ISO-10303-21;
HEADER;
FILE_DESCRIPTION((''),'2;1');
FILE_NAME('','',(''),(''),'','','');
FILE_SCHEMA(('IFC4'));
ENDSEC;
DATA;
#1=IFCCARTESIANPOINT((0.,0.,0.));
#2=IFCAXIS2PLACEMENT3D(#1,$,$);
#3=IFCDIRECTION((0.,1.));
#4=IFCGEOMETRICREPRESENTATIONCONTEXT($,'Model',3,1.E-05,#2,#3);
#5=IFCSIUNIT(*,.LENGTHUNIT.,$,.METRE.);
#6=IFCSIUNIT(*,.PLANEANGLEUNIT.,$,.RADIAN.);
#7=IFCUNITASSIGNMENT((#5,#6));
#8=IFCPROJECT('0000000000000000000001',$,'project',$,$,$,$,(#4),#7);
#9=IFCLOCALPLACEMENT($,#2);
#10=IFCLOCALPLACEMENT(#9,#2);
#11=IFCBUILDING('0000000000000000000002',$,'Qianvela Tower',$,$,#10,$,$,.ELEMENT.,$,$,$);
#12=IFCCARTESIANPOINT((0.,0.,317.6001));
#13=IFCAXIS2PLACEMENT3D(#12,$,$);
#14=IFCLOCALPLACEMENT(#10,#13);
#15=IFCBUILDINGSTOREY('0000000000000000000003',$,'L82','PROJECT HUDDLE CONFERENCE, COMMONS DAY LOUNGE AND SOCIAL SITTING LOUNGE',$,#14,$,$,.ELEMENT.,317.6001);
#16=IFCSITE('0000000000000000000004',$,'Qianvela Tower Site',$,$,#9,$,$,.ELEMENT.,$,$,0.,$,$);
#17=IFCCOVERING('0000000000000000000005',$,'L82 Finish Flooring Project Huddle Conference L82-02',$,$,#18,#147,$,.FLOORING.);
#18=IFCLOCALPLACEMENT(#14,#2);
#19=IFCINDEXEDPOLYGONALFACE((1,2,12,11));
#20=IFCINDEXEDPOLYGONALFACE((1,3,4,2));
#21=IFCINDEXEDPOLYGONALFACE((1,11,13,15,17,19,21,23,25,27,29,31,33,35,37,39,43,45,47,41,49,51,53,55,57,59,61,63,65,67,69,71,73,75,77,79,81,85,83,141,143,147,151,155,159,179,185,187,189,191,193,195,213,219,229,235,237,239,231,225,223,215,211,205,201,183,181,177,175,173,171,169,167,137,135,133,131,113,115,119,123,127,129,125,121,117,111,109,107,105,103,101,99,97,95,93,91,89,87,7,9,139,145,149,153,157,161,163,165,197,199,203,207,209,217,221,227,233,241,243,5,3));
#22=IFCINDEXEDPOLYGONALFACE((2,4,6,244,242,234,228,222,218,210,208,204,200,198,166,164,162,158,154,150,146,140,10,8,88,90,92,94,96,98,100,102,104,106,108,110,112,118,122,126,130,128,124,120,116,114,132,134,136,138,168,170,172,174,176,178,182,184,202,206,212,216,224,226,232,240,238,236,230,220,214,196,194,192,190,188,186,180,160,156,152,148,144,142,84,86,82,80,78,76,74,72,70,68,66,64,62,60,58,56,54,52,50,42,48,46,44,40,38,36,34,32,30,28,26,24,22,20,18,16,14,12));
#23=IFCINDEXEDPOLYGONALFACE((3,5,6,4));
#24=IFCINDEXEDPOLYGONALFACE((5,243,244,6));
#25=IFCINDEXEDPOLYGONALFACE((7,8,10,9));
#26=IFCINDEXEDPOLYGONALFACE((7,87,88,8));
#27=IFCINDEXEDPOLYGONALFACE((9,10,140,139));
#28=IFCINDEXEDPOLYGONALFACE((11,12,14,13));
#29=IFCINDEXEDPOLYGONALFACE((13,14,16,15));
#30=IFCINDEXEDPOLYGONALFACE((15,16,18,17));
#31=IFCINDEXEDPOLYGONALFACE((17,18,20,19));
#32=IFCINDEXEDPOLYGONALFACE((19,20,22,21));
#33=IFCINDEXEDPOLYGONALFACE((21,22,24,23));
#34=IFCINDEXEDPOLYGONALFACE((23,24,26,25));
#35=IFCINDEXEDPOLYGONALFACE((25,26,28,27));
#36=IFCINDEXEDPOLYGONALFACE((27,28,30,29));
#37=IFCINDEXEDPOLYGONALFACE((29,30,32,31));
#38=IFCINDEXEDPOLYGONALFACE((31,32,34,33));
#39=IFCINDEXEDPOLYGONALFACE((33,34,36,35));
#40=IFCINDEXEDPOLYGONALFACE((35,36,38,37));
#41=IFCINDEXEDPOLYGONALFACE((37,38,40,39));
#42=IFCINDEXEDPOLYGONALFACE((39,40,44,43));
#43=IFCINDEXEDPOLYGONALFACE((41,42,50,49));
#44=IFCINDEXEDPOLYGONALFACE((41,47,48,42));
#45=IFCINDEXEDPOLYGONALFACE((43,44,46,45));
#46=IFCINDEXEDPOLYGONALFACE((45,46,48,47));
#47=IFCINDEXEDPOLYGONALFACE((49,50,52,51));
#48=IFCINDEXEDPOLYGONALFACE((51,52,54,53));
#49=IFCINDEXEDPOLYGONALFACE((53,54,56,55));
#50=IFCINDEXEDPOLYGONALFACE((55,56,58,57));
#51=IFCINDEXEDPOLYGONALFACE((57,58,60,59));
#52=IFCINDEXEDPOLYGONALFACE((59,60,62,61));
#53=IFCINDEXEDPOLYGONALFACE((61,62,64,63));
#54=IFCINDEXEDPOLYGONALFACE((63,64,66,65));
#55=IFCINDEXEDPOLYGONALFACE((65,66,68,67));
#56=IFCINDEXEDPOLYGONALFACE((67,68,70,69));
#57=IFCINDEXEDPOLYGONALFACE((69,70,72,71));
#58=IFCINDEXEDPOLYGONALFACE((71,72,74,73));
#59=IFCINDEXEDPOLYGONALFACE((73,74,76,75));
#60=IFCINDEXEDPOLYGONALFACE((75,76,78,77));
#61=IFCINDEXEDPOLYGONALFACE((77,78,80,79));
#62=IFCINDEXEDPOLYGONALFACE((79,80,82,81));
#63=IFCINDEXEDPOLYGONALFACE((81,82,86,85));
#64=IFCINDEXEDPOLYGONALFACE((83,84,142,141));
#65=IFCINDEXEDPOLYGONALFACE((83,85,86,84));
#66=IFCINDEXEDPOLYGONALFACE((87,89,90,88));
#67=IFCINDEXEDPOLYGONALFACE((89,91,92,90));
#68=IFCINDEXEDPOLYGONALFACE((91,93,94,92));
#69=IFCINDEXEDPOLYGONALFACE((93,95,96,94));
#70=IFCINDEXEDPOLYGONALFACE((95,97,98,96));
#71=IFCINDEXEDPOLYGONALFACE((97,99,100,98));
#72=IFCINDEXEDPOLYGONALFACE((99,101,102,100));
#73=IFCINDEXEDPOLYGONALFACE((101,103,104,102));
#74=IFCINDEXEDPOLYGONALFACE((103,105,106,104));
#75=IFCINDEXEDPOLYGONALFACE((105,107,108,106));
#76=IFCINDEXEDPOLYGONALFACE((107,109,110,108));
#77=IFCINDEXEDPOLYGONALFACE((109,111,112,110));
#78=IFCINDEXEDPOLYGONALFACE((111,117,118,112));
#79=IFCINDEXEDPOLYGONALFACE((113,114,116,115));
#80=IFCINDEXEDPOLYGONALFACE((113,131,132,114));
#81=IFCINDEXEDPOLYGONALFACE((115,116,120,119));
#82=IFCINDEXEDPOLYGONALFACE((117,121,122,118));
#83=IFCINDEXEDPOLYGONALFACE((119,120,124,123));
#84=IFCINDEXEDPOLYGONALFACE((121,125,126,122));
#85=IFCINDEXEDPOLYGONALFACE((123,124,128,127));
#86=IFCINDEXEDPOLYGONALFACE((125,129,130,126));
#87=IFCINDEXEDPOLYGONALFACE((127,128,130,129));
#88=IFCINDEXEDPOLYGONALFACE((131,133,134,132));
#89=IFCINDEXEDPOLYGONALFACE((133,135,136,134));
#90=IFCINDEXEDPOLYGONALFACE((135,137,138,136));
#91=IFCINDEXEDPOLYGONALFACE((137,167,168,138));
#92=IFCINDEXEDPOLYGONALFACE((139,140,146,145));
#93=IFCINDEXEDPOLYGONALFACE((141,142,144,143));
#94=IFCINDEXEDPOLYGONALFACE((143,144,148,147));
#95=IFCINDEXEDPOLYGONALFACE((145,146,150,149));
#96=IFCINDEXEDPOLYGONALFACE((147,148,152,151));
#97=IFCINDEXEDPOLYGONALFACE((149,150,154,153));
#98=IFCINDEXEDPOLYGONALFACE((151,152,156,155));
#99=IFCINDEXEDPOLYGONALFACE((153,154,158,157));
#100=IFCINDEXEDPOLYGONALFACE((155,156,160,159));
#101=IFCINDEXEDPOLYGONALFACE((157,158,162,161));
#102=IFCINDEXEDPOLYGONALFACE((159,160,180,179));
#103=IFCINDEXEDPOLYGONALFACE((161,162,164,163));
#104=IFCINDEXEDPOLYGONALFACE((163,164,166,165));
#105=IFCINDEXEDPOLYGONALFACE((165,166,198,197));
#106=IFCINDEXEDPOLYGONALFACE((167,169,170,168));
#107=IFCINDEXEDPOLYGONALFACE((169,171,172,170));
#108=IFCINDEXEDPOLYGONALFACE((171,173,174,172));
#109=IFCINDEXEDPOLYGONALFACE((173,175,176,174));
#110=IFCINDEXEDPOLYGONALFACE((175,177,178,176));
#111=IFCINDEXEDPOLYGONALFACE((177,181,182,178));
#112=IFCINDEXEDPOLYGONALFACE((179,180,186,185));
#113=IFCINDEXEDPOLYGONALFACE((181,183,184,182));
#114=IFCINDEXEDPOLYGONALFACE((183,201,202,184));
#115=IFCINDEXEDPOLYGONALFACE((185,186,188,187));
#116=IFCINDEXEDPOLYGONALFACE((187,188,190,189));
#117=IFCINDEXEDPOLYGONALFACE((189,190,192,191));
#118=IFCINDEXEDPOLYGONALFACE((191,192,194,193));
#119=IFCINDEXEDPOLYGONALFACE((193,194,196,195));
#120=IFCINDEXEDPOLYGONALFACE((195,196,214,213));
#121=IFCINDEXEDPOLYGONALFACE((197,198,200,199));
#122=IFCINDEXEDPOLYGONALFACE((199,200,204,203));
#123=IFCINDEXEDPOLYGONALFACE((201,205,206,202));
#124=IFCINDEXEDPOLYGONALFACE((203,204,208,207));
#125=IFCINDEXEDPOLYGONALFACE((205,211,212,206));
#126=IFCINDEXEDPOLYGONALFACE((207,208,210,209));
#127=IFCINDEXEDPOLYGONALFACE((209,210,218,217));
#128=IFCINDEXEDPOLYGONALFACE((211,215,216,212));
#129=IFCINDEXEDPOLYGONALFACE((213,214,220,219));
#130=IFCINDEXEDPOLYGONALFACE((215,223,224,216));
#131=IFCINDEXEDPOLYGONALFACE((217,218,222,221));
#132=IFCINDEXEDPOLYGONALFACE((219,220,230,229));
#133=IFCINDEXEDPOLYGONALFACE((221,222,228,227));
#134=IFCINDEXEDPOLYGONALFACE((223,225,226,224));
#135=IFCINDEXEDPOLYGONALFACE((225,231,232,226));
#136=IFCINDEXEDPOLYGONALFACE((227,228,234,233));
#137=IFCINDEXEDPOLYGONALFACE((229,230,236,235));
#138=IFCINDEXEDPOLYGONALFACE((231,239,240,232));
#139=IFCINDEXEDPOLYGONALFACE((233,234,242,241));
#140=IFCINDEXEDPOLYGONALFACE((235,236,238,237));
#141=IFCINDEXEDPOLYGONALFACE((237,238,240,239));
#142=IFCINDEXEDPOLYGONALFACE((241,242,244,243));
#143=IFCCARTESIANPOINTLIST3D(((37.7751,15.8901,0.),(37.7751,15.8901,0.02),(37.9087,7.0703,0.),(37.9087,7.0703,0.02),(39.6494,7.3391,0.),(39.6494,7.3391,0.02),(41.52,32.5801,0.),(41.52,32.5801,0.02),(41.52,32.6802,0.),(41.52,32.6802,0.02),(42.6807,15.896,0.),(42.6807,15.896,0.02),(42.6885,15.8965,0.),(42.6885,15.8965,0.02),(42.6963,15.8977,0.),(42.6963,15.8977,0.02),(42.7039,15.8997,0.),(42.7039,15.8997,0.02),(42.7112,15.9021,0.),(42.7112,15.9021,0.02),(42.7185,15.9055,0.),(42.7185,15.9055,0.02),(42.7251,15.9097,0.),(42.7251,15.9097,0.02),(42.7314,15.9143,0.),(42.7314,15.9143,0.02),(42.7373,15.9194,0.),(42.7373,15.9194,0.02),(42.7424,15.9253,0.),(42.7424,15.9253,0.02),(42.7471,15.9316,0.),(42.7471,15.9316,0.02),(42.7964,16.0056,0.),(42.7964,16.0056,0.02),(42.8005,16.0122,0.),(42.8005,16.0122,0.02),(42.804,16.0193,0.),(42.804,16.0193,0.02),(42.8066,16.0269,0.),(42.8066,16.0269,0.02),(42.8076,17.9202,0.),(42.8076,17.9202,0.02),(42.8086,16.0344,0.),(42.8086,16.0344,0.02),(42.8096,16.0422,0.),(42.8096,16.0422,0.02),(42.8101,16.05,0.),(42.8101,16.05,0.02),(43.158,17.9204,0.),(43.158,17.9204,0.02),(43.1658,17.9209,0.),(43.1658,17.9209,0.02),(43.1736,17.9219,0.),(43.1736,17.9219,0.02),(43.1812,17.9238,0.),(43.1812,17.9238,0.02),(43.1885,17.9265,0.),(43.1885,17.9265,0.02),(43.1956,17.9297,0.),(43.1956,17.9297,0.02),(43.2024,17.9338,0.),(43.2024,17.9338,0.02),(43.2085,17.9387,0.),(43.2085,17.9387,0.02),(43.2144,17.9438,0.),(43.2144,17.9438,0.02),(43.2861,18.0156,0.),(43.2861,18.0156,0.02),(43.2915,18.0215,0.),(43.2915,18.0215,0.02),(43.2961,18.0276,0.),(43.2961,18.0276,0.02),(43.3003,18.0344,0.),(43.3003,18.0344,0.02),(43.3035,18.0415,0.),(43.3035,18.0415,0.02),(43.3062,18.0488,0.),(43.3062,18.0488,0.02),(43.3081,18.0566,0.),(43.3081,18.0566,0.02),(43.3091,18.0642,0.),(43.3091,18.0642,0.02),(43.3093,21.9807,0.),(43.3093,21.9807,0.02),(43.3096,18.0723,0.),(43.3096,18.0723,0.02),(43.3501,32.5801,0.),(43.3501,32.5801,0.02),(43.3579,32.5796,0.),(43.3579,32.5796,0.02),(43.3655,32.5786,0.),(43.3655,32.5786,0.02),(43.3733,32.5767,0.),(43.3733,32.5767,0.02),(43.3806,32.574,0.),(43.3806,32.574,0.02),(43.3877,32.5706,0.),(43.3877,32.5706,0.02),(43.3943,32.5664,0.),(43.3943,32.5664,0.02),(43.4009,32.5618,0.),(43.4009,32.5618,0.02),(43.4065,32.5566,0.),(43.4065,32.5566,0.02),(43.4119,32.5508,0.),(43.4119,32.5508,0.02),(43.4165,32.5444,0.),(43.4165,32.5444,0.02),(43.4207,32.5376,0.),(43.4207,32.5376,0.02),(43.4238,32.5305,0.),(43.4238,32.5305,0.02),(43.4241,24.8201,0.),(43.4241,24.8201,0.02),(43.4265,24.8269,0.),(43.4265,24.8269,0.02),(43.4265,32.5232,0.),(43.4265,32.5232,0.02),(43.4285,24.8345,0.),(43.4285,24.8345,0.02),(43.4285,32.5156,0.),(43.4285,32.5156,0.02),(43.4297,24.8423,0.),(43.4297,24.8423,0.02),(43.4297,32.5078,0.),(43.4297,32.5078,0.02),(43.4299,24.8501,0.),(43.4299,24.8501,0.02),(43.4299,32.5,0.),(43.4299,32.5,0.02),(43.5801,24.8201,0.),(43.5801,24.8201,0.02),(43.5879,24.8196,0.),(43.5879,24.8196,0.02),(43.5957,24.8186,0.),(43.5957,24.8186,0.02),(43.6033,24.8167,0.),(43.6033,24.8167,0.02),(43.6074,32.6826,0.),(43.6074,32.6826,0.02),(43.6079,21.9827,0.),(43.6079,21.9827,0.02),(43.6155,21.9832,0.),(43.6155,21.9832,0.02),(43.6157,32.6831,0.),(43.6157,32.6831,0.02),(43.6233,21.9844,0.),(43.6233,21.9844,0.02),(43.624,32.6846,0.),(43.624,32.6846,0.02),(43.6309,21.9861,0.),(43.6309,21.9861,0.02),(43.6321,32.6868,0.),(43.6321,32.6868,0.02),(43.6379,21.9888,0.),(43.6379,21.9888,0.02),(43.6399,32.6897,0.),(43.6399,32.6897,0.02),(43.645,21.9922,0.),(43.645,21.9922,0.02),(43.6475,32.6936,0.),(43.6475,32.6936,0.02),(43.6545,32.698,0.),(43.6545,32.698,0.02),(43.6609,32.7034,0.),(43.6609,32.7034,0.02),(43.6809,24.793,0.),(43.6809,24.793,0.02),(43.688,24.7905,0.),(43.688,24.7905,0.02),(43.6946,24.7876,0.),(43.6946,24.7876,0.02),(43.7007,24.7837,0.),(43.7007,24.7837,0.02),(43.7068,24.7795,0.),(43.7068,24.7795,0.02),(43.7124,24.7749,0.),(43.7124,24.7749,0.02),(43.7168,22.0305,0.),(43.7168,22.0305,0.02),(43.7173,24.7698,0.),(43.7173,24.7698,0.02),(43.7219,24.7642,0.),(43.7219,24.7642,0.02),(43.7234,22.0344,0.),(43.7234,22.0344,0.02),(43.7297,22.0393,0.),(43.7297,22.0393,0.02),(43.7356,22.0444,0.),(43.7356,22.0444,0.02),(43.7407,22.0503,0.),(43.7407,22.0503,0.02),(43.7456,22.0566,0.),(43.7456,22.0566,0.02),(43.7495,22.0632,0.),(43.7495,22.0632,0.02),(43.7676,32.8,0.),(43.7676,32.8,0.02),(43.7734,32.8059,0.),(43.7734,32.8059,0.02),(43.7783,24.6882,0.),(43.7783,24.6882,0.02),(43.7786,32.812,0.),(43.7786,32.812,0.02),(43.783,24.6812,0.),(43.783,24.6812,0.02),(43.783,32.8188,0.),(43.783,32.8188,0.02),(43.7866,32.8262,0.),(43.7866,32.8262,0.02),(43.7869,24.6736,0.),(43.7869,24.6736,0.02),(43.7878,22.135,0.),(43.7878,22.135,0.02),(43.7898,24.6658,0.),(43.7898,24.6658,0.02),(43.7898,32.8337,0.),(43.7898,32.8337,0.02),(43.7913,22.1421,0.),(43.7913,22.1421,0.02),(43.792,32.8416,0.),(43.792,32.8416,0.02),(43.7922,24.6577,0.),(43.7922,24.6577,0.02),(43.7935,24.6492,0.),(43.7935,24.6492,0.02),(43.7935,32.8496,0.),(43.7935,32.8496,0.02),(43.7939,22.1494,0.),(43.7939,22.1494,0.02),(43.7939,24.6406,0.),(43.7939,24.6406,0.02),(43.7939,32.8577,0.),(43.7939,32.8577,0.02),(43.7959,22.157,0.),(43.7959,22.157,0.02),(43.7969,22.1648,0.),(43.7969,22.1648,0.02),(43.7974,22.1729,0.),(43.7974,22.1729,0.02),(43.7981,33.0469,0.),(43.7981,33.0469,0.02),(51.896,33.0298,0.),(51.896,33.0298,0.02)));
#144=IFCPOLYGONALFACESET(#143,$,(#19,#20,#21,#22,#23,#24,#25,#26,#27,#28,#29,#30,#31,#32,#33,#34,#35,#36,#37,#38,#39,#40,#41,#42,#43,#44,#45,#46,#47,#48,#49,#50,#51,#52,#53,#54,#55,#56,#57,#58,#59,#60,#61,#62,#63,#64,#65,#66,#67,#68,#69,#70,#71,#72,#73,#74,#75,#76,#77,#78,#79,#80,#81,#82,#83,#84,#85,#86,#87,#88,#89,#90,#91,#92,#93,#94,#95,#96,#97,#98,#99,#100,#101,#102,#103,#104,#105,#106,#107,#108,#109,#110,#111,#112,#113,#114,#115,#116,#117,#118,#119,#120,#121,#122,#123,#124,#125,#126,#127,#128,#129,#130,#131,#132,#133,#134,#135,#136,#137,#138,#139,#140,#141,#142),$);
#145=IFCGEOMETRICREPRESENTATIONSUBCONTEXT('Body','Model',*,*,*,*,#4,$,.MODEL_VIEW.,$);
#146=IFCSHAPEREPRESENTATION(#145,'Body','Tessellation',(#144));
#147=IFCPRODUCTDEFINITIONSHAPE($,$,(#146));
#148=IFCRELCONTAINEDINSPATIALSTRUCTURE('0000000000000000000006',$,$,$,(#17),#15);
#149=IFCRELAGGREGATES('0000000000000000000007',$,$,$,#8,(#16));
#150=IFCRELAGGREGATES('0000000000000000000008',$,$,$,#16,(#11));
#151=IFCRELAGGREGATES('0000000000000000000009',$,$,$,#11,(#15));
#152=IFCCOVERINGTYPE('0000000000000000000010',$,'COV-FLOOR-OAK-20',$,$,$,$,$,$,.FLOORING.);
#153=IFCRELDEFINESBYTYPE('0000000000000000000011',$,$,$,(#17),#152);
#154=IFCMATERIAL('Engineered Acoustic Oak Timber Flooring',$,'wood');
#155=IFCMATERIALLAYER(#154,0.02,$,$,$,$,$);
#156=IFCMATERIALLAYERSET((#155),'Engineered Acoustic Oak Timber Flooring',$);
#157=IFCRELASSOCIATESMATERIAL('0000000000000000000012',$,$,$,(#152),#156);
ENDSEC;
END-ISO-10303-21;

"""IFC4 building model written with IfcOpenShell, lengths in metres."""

from ifc_helpers import new_model, si_unit, direction, frame, origin, place, context, subcontext, project, spatial, polyline, outline, extrude, material, layer, layer_set, type_object, element, save


model = new_model("IFC4")

# Units and contexts
model_context = context("Model", 3, precision=1e-05, world=origin(), true_north=direction((0.0, 1.0)))
body_context = subcontext(model_context, "Body", "Model", "MODEL_VIEW")
ifc_project = project(units=[si_unit("LENGTHUNIT", "METRE"), si_unit("PLANEANGLEUNIT", "RADIAN")], contexts=[model_context])

# Site, building, storey
site_placement = place(None, origin())
site = spatial("IfcSite", under=ifc_project, at=site_placement, Name="Qianvela Tower Site", CompositionType="ELEMENT", RefElevation=0.0)
building_placement = place(site_placement, origin())
building = spatial("IfcBuilding", under=site, at=building_placement, Name="Qianvela Tower", CompositionType="ELEMENT")
storey_placement = place(building_placement, frame((0.0, 0.0, 317.6001)))
storey = spatial("IfcBuildingStorey", under=building, at=storey_placement, Name="L82", Description="PROJECT HUDDLE CONFERENCE, COMMONS DAY LOUNGE AND SOCIAL SITTING LOUNGE", CompositionType="ELEMENT", Elevation=317.6001)

# Covering
ifc_material_1 = material(Name="Engineered Acoustic Oak Timber Flooring", Category="wood")
ifc_layer_1 = layer(ifc_material_1, 0.02)
ifc_layer_set_1 = layer_set([ifc_layer_1], Name="Engineered Acoustic Oak Timber Flooring")
covering_type_1 = type_object("IfcCoveringType", Name="COV-FLOOR-OAK-20", PredefinedType="FLOORING", material=ifc_layer_set_1)
covering_1_placement = place(storey_placement, origin())
element("IfcCovering", 1, at=covering_1_placement, inside=storey, type_object=covering_type_1, Name="L82 Finish Flooring Project Huddle Conference L82-02", PredefinedType="FLOORING", context=body_context, shape_type="SweptSolid", body=[
    extrude(outline(polyline([(37.7751, 15.8901), (42.6807, 15.896), (42.6885, 15.8965), (42.6963, 15.8977), (42.7039, 15.8997), (42.7112, 15.9021), (42.7185, 15.9055), (42.7251, 15.9097), (42.7314, 15.9143), (42.7373, 15.9194), (42.7424, 15.9253), (42.7471, 15.9316), (42.7964, 16.0056), (42.8005, 16.0122), (42.804, 16.0193), (42.8066, 16.0269), (42.8086, 16.0344), (42.8096, 16.0422), (42.8101, 16.05), (42.8076, 17.9202), (43.158, 17.9204), (43.1658, 17.9209), (43.1736, 17.9219), (43.1812, 17.9238), (43.1885, 17.9265), (43.1956, 17.9297), (43.2024, 17.9338), (43.2085, 17.9387), (43.2144, 17.9438), (43.2861, 18.0156), (43.2915, 18.0215), (43.2961, 18.0276), (43.3003, 18.0344), (43.3035, 18.0415), (43.3062, 18.0488), (43.3081, 18.0566), (43.3091, 18.0642), (43.3096, 18.0723), (43.3093, 21.9807), (43.6079, 21.9827), (43.6155, 21.9832), (43.6233, 21.9844), (43.6309, 21.9861), (43.6379, 21.9888), (43.645, 21.9922), (43.7168, 22.0305), (43.7234, 22.0344), (43.7297, 22.0393), (43.7356, 22.0444), (43.7407, 22.0503), (43.7456, 22.0566), (43.7495, 22.0632), (43.7878, 22.135), (43.7913, 22.1421), (43.7939, 22.1494), (43.7959, 22.157), (43.7969, 22.1648), (43.7974, 22.1729), (43.7939, 24.6406), (43.7935, 24.6492), (43.7922, 24.6577), (43.7898, 24.6658), (43.7869, 24.6736), (43.783, 24.6812), (43.7783, 24.6882), (43.7219, 24.7642), (43.7173, 24.7698), (43.7124, 24.7749), (43.7068, 24.7795), (43.7007, 24.7837), (43.6946, 24.7876), (43.688, 24.7905), (43.6809, 24.793), (43.6033, 24.8167), (43.5957, 24.8186), (43.5879, 24.8196), (43.5801, 24.8201), (43.4241, 24.8201), (43.4265, 24.8269), (43.4285, 24.8345), (43.4297, 24.8423), (43.4299, 24.8501), (43.4299, 32.5), (43.4297, 32.5078), (43.4285, 32.5156), (43.4265, 32.5232), (43.4238, 32.5305), (43.4207, 32.5376), (43.4165, 32.5444), (43.4119, 32.5508), (43.4065, 32.5566), (43.4009, 32.5618), (43.3943, 32.5664), (43.3877, 32.5706), (43.3806, 32.574), (43.3733, 32.5767), (43.3655, 32.5786), (43.3579, 32.5796), (43.3501, 32.5801), (41.52, 32.5801), (41.52, 32.6802), (43.6074, 32.6826), (43.6157, 32.6831), (43.624, 32.6846), (43.6321, 32.6868), (43.6399, 32.6897), (43.6475, 32.6936), (43.6545, 32.698), (43.6609, 32.7034), (43.7676, 32.8), (43.7734, 32.8059), (43.7786, 32.812), (43.783, 32.8188), (43.7866, 32.8262), (43.7898, 32.8337), (43.792, 32.8416), (43.7935, 32.8496), (43.7939, 32.8577), (43.7981, 33.0469), (51.896, 33.0298), (39.6494, 7.3391), (37.9087, 7.0703), (37.7751, 15.8901)])), origin(), (0.0, 0.0, 1.0), 0.02),
])

save(model, "model.ifc")
